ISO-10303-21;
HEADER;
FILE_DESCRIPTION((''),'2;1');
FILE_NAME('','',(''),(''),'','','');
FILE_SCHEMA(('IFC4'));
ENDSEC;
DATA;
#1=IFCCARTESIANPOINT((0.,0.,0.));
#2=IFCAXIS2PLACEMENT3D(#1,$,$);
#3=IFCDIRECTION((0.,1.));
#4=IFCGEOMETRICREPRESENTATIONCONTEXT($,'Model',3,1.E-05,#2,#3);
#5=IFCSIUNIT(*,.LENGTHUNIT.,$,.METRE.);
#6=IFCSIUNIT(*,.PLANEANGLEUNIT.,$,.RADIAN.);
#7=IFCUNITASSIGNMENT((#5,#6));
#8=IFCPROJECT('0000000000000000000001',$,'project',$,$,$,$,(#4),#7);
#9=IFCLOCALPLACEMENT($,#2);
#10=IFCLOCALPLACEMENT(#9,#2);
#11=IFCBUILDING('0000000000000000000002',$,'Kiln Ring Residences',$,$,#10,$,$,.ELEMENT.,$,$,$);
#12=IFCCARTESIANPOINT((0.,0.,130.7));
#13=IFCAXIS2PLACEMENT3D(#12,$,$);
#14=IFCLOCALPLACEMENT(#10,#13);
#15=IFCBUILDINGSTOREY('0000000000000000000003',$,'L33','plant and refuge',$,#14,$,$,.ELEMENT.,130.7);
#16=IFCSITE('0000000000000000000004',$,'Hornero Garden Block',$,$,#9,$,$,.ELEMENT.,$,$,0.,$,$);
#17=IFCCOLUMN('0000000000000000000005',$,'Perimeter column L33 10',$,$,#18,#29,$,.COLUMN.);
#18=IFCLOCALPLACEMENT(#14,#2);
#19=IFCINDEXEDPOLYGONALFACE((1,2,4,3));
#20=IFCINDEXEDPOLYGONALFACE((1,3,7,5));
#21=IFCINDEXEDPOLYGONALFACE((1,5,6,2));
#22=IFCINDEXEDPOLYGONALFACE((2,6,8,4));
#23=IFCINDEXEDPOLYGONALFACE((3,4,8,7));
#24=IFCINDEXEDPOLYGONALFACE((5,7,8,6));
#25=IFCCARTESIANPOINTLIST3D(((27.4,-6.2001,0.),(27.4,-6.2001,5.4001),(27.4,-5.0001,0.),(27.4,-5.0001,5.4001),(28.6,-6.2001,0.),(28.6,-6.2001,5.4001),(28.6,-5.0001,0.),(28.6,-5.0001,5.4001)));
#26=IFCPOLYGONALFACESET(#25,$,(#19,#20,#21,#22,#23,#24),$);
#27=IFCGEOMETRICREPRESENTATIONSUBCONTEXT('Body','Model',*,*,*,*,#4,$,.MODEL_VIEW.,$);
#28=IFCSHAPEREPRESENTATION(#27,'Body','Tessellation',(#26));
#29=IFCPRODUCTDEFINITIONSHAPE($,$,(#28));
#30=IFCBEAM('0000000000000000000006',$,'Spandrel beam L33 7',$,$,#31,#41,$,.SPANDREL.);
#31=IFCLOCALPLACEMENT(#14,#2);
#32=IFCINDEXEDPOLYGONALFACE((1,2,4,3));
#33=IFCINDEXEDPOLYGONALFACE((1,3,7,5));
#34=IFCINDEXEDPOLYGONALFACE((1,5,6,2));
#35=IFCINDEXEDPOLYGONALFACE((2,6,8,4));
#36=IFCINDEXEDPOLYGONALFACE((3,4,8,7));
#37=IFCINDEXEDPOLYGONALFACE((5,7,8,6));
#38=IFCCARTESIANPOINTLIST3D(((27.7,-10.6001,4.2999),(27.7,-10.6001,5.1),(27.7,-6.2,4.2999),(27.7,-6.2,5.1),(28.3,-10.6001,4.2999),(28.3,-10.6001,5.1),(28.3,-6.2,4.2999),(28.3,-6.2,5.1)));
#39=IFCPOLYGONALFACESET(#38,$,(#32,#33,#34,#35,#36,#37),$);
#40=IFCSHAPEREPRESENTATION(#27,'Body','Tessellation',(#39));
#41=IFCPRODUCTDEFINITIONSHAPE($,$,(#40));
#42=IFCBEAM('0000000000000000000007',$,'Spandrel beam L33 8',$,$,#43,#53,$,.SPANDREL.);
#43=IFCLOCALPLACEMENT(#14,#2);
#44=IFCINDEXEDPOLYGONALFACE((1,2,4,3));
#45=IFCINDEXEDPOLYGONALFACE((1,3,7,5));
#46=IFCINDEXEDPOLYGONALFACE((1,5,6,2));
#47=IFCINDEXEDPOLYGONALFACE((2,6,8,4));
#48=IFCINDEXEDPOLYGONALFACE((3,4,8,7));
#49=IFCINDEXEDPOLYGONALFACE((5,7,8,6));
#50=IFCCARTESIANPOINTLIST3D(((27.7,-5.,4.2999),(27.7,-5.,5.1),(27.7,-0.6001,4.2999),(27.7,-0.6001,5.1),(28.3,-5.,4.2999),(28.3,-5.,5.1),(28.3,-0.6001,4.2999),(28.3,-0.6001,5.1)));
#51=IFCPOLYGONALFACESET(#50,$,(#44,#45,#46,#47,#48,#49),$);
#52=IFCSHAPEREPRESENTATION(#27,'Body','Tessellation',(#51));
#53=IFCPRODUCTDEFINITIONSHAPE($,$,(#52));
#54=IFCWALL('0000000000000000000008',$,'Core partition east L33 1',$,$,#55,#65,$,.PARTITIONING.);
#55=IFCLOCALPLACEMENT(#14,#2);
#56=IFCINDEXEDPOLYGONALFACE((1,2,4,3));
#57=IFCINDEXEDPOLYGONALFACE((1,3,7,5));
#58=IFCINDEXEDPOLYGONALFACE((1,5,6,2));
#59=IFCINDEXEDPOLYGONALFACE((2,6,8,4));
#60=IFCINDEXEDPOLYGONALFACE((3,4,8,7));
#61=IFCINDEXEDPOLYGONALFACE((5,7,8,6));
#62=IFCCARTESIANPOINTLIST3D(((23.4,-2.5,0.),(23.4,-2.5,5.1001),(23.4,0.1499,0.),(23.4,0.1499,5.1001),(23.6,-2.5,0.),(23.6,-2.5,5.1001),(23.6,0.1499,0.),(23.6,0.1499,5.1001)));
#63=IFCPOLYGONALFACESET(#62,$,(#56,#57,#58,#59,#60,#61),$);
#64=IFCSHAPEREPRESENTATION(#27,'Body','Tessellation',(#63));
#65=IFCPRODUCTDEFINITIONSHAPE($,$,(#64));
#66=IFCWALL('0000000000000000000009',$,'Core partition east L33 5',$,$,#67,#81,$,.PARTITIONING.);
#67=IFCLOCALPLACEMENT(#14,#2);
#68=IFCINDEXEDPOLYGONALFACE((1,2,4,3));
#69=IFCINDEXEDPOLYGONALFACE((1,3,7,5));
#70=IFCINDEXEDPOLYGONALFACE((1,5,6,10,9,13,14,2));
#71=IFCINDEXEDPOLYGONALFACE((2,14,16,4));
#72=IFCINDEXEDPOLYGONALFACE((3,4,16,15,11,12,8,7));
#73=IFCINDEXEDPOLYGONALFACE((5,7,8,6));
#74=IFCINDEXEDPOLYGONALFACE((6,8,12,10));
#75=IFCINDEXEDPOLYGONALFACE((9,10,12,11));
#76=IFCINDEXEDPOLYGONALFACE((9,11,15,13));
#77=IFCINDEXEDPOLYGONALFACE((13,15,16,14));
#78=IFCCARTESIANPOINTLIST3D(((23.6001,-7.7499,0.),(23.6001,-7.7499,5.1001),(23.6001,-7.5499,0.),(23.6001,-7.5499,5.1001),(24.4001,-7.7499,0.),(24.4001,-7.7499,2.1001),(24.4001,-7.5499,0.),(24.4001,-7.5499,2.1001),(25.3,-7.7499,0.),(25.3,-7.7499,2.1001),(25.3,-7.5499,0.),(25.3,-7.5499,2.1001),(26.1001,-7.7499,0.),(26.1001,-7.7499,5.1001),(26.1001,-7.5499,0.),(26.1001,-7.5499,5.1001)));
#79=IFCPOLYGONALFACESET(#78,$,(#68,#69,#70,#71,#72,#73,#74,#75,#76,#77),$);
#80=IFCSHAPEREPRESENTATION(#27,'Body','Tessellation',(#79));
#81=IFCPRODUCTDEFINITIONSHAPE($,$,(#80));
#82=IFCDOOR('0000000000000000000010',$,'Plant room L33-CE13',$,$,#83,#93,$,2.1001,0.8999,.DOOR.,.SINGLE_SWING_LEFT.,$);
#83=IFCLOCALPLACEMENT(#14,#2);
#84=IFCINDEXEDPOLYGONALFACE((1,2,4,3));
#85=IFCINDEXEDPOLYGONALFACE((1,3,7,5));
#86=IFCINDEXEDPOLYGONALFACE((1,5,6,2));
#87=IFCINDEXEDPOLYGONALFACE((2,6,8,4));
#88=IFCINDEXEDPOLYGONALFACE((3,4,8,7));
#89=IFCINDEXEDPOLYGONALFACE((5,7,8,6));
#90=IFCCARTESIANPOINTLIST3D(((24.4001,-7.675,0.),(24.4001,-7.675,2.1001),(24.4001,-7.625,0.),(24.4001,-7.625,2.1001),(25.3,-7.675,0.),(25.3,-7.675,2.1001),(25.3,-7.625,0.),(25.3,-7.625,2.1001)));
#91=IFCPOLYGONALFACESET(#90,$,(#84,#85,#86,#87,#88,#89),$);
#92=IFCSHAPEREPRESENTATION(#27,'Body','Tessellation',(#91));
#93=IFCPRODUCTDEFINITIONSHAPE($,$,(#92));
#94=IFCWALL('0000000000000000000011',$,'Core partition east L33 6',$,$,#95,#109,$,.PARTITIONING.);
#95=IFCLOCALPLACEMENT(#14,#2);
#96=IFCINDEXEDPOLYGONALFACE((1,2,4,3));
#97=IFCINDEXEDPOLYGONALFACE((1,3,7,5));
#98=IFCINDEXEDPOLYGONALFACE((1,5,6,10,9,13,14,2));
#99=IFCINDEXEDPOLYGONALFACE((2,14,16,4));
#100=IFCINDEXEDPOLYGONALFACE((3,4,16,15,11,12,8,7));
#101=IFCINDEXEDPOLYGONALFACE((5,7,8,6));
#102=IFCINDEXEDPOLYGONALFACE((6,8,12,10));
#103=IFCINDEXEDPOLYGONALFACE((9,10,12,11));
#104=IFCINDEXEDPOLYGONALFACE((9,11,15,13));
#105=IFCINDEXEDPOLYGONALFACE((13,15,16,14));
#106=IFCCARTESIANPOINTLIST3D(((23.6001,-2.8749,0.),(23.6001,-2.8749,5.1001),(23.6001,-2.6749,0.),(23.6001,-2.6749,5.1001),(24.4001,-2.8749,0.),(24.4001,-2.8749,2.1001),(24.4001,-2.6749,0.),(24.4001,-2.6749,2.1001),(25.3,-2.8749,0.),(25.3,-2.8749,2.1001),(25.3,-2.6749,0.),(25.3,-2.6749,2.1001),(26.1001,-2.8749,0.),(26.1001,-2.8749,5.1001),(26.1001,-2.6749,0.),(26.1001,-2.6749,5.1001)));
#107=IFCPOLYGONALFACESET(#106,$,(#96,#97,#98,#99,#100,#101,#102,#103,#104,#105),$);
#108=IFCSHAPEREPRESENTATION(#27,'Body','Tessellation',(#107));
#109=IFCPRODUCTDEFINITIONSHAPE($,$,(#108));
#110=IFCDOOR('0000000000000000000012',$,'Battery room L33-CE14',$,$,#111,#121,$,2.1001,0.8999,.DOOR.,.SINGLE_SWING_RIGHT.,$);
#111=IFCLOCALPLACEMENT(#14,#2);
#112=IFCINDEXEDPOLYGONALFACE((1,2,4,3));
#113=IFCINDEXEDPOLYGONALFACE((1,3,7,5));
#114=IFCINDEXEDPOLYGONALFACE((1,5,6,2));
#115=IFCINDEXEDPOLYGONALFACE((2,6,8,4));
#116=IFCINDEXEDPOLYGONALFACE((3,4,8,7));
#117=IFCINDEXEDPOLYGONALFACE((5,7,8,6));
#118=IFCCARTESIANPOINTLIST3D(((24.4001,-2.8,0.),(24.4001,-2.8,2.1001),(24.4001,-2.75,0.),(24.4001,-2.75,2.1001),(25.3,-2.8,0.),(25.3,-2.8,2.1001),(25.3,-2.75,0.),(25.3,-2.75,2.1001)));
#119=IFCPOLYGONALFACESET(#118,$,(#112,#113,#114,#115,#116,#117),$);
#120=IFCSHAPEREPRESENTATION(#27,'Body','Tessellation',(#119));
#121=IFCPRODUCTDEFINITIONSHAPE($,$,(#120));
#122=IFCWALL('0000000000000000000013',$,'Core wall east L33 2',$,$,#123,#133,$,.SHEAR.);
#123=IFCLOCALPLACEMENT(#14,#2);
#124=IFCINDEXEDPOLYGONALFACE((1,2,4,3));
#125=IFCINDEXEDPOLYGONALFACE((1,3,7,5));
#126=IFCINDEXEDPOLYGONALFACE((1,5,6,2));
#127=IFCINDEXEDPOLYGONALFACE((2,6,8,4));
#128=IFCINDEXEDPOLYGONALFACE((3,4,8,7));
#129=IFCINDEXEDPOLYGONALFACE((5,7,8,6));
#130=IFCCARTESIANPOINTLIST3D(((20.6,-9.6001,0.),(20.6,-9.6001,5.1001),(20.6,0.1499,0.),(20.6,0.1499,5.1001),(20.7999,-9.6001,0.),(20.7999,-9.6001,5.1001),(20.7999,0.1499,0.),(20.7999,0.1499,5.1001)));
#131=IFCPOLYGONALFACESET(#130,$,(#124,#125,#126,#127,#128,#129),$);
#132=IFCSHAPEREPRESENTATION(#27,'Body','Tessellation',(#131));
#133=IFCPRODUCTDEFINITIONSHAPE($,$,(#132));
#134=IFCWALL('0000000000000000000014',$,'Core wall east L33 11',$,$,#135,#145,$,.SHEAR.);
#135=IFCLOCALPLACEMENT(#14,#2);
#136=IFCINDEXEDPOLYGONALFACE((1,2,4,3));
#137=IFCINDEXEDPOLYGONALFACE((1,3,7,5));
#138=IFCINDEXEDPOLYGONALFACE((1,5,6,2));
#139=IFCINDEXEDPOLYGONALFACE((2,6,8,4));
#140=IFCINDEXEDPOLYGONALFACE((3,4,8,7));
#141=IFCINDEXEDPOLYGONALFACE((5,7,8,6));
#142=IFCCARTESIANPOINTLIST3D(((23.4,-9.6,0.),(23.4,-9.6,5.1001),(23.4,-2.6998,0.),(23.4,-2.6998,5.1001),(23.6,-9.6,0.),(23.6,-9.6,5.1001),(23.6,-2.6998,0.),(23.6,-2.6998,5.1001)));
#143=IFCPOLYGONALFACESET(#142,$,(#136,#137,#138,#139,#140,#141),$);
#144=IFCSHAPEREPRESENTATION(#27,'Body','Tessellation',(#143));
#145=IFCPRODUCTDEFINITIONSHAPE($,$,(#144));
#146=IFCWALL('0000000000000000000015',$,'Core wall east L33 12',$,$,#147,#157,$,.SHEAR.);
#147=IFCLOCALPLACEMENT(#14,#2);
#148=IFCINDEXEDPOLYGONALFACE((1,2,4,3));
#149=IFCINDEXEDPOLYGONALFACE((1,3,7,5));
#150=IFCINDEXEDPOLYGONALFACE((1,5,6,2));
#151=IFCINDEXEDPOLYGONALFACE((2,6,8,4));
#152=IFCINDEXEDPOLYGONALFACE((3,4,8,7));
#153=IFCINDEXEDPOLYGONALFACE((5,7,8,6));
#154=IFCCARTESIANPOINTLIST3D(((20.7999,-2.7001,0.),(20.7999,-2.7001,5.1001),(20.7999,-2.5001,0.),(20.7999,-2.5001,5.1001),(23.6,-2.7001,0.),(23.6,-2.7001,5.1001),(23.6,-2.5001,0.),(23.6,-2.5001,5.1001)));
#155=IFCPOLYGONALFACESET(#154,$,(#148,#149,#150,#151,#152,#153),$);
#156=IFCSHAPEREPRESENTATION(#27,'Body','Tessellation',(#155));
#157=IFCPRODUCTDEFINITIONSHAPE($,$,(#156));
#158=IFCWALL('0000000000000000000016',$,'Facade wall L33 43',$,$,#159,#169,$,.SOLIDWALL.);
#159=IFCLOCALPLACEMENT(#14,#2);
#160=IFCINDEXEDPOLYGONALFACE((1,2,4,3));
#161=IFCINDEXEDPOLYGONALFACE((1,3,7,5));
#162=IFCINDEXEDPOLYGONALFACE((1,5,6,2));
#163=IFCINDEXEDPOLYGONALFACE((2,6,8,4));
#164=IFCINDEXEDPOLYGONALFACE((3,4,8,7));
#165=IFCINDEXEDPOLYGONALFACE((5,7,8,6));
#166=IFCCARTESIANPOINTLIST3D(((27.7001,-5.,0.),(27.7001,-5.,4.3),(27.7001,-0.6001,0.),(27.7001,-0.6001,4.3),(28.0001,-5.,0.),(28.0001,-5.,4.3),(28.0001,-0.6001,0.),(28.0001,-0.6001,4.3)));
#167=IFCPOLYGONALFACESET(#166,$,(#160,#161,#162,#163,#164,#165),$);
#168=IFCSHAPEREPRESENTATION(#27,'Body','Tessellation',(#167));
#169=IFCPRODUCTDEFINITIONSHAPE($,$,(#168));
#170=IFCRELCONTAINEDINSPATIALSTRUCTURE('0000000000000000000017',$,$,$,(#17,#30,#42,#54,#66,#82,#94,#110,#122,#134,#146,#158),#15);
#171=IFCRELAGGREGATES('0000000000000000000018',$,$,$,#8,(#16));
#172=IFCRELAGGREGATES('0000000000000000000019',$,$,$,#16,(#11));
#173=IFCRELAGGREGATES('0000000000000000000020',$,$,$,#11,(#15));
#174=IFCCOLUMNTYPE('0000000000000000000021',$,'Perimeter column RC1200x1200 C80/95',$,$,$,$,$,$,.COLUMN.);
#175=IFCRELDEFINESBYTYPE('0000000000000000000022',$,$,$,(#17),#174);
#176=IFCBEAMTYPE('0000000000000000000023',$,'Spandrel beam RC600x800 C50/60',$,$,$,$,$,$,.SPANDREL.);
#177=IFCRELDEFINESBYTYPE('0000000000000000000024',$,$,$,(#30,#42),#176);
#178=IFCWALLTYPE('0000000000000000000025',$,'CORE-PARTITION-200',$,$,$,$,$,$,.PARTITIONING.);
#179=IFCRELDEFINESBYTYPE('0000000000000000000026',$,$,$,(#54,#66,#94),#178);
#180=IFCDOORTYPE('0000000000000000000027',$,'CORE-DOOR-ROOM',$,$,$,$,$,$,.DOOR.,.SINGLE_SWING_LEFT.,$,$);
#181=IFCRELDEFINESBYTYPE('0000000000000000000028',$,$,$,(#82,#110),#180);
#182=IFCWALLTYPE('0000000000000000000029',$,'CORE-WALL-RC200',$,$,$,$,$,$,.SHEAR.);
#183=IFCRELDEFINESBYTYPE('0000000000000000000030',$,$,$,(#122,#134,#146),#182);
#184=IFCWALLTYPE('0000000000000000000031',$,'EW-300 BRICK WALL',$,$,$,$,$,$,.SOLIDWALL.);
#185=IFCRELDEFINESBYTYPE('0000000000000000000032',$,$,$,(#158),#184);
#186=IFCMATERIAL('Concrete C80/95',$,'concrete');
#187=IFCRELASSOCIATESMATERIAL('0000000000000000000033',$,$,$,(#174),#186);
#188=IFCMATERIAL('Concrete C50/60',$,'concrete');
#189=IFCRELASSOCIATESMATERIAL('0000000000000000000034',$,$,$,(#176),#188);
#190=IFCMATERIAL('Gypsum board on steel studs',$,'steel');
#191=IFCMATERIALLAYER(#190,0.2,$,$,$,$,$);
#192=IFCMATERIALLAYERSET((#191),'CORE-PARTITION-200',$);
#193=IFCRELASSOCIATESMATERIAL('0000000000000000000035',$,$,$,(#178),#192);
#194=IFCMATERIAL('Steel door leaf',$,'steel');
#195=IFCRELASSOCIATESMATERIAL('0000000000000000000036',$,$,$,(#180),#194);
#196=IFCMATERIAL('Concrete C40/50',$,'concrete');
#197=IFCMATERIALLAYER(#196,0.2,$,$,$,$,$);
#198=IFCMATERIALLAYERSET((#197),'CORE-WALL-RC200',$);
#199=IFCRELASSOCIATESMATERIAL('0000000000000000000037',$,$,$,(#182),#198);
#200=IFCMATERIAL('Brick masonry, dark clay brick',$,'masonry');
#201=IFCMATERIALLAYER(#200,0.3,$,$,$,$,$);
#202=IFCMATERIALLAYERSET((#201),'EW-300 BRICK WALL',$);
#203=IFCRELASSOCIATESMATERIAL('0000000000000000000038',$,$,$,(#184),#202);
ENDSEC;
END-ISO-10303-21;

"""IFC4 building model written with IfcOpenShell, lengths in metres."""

from ifc_helpers import new_model, si_unit, direction, frame, frame_2d, origin, origin_2d, place, context, subcontext, project, spatial, rectangle, extrude, material, layer, layer_set, material_profile, profile_set, type_object, element, fill, save


model = new_model("IFC4")

# Units and contexts
model_context = context("Model", 3, precision=1e-05, world=origin(), true_north=direction((0.0, 1.0)))
body_context = subcontext(model_context, "Body", "Model", "MODEL_VIEW")
ifc_project = project(units=[si_unit("LENGTHUNIT", "METRE"), si_unit("PLANEANGLEUNIT", "RADIAN")], contexts=[model_context])

# Site, building, storey
site_placement = place(None, origin())
site = spatial("IfcSite", under=ifc_project, at=site_placement, Name="Hornero Garden Block", CompositionType="ELEMENT", RefElevation=0.0)
building_placement = place(site_placement, origin())
building = spatial("IfcBuilding", under=site, at=building_placement, Name="Kiln Ring Residences", CompositionType="ELEMENT")
storey_placement = place(building_placement, frame((0.0, 0.0, 130.7)))
storey = spatial("IfcBuildingStorey", under=building, at=storey_placement, Name="L33", Description="plant and refuge", CompositionType="ELEMENT", Elevation=130.7)

# Column
ifc_material_1 = material(Name="Concrete C80/95", Category="concrete")
ifc_material_profile_1 = material_profile(ifc_material_1, rectangle(XDim=1.2, YDim=1.2, at=origin_2d()), Name="RC1200x1200")
ifc_profile_set_1 = profile_set([ifc_material_profile_1], Name="Concrete C80/95")
column_type = type_object("IfcColumnType", Name="Perimeter column RC1200x1200 C80/95", PredefinedType="COLUMN", material=ifc_profile_set_1)
column_placement = place(storey_placement, frame((28.0, -5.6001, 0.0), z_axis=(0.0, 0.0, 1.0), x_axis=(1.0, 0.0, 0.0)))
element("IfcColumn", 1, at=column_placement, inside=storey, type_object=column_type, Name="Perimeter column L33 10", PredefinedType="COLUMN", context=body_context, shape_type="SweptSolid", body=[
    extrude(rectangle(XDim=1.2, YDim=1.2, at=origin_2d()), origin(), (0.0, 0.0, 1.0), 5.4001),
])

# Beams
ifc_material_2 = material(Name="Concrete C50/60", Category="concrete")
ifc_material_profile_2 = material_profile(ifc_material_2, rectangle(XDim=0.6001, YDim=0.8, at=origin_2d()), Name="RC600x800")
ifc_profile_set_2 = profile_set([ifc_material_profile_2], Name="Concrete C50/60")
beam_type = type_object("IfcBeamType", Name="Spandrel beam RC600x800 C50/60", PredefinedType="SPANDREL", material=ifc_profile_set_2)
beam_1_placement = place(storey_placement, frame((28.0, -10.6001, 4.7), z_axis=(0.0, 1.0, 0.0), x_axis=(-1.0, 0.0, 0.0)))
element("IfcBeam", 2, at=beam_1_placement, inside=storey, type_object=beam_type, Name="Spandrel beam L33 7", PredefinedType="SPANDREL", context=body_context, shape_type="SweptSolid", body=[
    extrude(rectangle(XDim=0.6001, YDim=0.8, at=origin_2d()), origin(), (0.0, 0.0, 1.0), 4.4001),
])
beam_2_placement = place(storey_placement, frame((28.0, -5.0, 4.7), z_axis=(0.0, 1.0, 0.0), x_axis=(-1.0, 0.0, 0.0)))
element("IfcBeam", 3, at=beam_2_placement, inside=storey, type_object=beam_type, Name="Spandrel beam L33 8", PredefinedType="SPANDREL", context=body_context, shape_type="SweptSolid", body=[
    extrude(rectangle(XDim=0.6001, YDim=0.8, at=origin_2d()), origin(), (0.0, 0.0, 1.0), 4.3999),
])

# Wall
ifc_material_3 = material(Name="Gypsum board on steel studs", Category="steel")
ifc_layer_1 = layer(ifc_material_3, 0.2)
ifc_layer_set_1 = layer_set([ifc_layer_1], Name="CORE-PARTITION-200")
wall_type_1 = type_object("IfcWallType", Name="CORE-PARTITION-200", PredefinedType="PARTITIONING", material=ifc_layer_set_1)
wall_1_placement = place(storey_placement, frame((23.5, -2.5, 0.0), z_axis=(0.0, 0.0, 1.0), x_axis=(0.0, 1.0, 0.0)))
element("IfcWall", 4, at=wall_1_placement, inside=storey, type_object=wall_type_1, Name="Core partition east L33 1", PredefinedType="PARTITIONING", context=body_context, shape_type="SweptSolid", body=[
    extrude(rectangle(XDim=2.6499, YDim=0.2, at=frame_2d((1.325, 0.0))), origin(), (0.0, 0.0, 1.0), 5.1001),
])

# Walls, openings, doors
wall_2_placement = place(storey_placement, frame((23.6001, -7.6499, 0.0), z_axis=(0.0, 0.0, 1.0), x_axis=(1.0, 0.0, 0.0)))
wall_2 = element("IfcWall", 5, at=wall_2_placement, inside=storey, type_object=wall_type_1, Name="Core partition east L33 5", PredefinedType="PARTITIONING", context=body_context, shape_type="SweptSolid", body=[
    extrude(rectangle(XDim=2.5, YDim=0.2, at=frame_2d((1.25, 0.0))), origin(), (0.0, 0.0, 1.0), 5.1001),
])
opening_1_placement = place(wall_2_placement, frame((0.8, 0.0, 0.0)))
opening_1 = element("IfcOpeningElement", 6, at=opening_1_placement, cuts=wall_2, PredefinedType="OPENING", context=body_context, shape_type="SweptSolid", body=[
    extrude(rectangle(XDim=0.8999, YDim=2.1001, at=frame_2d((0.45, 1.05))), frame((0.0, 0.1099, 0.0), z_axis=(0.0, -1.0, 0.0), x_axis=(1.0, 0.0, 0.0)), (0.0, 0.0, 1.0), 0.22),
])
ifc_material_4 = material(Name="Steel door leaf", Category="steel")
door_type = type_object("IfcDoorType", Name="CORE-DOOR-ROOM", OperationType="SINGLE_SWING_LEFT", PredefinedType="DOOR", material=ifc_material_4)
door_1_placement = place(opening_1_placement, origin())
door_1 = element("IfcDoor", 7, at=door_1_placement, inside=storey, type_object=door_type, Name="Plant room L33-CE13", OperationType="SINGLE_SWING_LEFT", OverallHeight=2.1001, OverallWidth=0.8999, PredefinedType="DOOR", context=body_context, shape_type="SweptSolid", body=[
    extrude(rectangle(XDim=0.8999, YDim=2.1001, at=frame_2d((0.45, 1.05))), frame((0.0, 0.0249, 0.0), z_axis=(0.0, -1.0, 0.0), x_axis=(1.0, 0.0, 0.0)), (0.0, 0.0, 1.0), 0.05),
])
fill(opening_1, door_1)
wall_3_placement = place(storey_placement, frame((23.6001, -2.7749, 0.0), z_axis=(0.0, 0.0, 1.0), x_axis=(1.0, 0.0, 0.0)))
wall_3 = element("IfcWall", 8, at=wall_3_placement, inside=storey, type_object=wall_type_1, Name="Core partition east L33 6", PredefinedType="PARTITIONING", context=body_context, shape_type="SweptSolid", body=[
    extrude(rectangle(XDim=2.5, YDim=0.2, at=frame_2d((1.25, 0.0))), origin(), (0.0, 0.0, 1.0), 5.1001),
])
opening_2_placement = place(wall_3_placement, frame((0.8, 0.0, 0.0)))
opening_2 = element("IfcOpeningElement", 9, at=opening_2_placement, cuts=wall_3, PredefinedType="OPENING", context=body_context, shape_type="SweptSolid", body=[
    extrude(rectangle(XDim=0.8999, YDim=2.1001, at=frame_2d((0.45, 1.05))), frame((0.0, 0.1099, 0.0), z_axis=(0.0, -1.0, 0.0), x_axis=(1.0, 0.0, 0.0)), (0.0, 0.0, 1.0), 0.22),
])
door_2_placement = place(opening_2_placement, origin())
door_2 = element("IfcDoor", 10, at=door_2_placement, inside=storey, type_object=door_type, Name="Battery room L33-CE14", OperationType="SINGLE_SWING_RIGHT", OverallHeight=2.1001, OverallWidth=0.8999, PredefinedType="DOOR", context=body_context, shape_type="SweptSolid", body=[
    extrude(rectangle(XDim=0.8999, YDim=2.1001, at=frame_2d((0.45, 1.05))), frame((0.0, 0.0249, 0.0), z_axis=(0.0, -1.0, 0.0), x_axis=(1.0, 0.0, 0.0)), (0.0, 0.0, 1.0), 0.05),
])
fill(opening_2, door_2)

# Walls
ifc_material_5 = material(Name="Concrete C40/50", Category="concrete")
ifc_layer_2 = layer(ifc_material_5, 0.2)
ifc_layer_set_2 = layer_set([ifc_layer_2], Name="CORE-WALL-RC200")
wall_type_2 = type_object("IfcWallType", Name="CORE-WALL-RC200", PredefinedType="SHEAR", material=ifc_layer_set_2)
wall_4_placement = place(storey_placement, frame((20.7, -9.6001, 0.0), z_axis=(0.0, 0.0, 1.0), x_axis=(0.0, 1.0, 0.0)))
element("IfcWall", 11, at=wall_4_placement, inside=storey, type_object=wall_type_2, Name="Core wall east L33 2", PredefinedType="SHEAR", context=body_context, shape_type="SweptSolid", body=[
    extrude(rectangle(XDim=9.75, YDim=0.2, at=frame_2d((4.875, 0.0))), origin(), (0.0, 0.0, 1.0), 5.1001),
])
wall_5_placement = place(storey_placement, frame((23.5, -9.6001, 0.0), z_axis=(0.0, 0.0, 1.0), x_axis=(0.0, 1.0, 0.0)))
element("IfcWall", 12, at=wall_5_placement, inside=storey, type_object=wall_type_2, Name="Core wall east L33 11", PredefinedType="SHEAR", context=body_context, shape_type="SweptSolid", body=[
    extrude(rectangle(XDim=6.9001, YDim=0.2, at=frame_2d((3.4502, 0.0))), origin(), (0.0, 0.0, 1.0), 5.1001),
])
wall_6_placement = place(storey_placement, frame((20.8, -2.6001, 0.0), z_axis=(0.0, 0.0, 1.0), x_axis=(1.0, 0.0, 0.0)))
element("IfcWall", 13, at=wall_6_placement, inside=storey, type_object=wall_type_2, Name="Core wall east L33 12", PredefinedType="SHEAR", context=body_context, shape_type="SweptSolid", body=[
    extrude(rectangle(XDim=2.8, YDim=0.2, at=frame_2d((1.3999, 0.0))), origin(), (0.0, 0.0, 1.0), 5.1001),
])
ifc_material_6 = material(Name="Brick masonry, dark clay brick", Category="masonry")
ifc_layer_3 = layer(ifc_material_6, 0.3)
ifc_layer_set_3 = layer_set([ifc_layer_3], Name="EW-300 BRICK WALL")
wall_type_3 = type_object("IfcWallType", Name="EW-300 BRICK WALL", PredefinedType="SOLIDWALL", material=ifc_layer_set_3)
wall_7_placement = place(storey_placement, frame((27.8501, -5.0, 0.0), z_axis=(0.0, 0.0, 1.0), x_axis=(0.0, 1.0, 0.0)))
element("IfcWall", 14, at=wall_7_placement, inside=storey, type_object=wall_type_3, Name="Facade wall L33 43", PredefinedType="SOLIDWALL", context=body_context, shape_type="SweptSolid", body=[
    extrude(rectangle(XDim=4.3999, YDim=0.3, at=frame_2d((2.2, 0.0))), origin(), (0.0, 0.0, 1.0), 4.3),
])

save(model, "model.ifc")
